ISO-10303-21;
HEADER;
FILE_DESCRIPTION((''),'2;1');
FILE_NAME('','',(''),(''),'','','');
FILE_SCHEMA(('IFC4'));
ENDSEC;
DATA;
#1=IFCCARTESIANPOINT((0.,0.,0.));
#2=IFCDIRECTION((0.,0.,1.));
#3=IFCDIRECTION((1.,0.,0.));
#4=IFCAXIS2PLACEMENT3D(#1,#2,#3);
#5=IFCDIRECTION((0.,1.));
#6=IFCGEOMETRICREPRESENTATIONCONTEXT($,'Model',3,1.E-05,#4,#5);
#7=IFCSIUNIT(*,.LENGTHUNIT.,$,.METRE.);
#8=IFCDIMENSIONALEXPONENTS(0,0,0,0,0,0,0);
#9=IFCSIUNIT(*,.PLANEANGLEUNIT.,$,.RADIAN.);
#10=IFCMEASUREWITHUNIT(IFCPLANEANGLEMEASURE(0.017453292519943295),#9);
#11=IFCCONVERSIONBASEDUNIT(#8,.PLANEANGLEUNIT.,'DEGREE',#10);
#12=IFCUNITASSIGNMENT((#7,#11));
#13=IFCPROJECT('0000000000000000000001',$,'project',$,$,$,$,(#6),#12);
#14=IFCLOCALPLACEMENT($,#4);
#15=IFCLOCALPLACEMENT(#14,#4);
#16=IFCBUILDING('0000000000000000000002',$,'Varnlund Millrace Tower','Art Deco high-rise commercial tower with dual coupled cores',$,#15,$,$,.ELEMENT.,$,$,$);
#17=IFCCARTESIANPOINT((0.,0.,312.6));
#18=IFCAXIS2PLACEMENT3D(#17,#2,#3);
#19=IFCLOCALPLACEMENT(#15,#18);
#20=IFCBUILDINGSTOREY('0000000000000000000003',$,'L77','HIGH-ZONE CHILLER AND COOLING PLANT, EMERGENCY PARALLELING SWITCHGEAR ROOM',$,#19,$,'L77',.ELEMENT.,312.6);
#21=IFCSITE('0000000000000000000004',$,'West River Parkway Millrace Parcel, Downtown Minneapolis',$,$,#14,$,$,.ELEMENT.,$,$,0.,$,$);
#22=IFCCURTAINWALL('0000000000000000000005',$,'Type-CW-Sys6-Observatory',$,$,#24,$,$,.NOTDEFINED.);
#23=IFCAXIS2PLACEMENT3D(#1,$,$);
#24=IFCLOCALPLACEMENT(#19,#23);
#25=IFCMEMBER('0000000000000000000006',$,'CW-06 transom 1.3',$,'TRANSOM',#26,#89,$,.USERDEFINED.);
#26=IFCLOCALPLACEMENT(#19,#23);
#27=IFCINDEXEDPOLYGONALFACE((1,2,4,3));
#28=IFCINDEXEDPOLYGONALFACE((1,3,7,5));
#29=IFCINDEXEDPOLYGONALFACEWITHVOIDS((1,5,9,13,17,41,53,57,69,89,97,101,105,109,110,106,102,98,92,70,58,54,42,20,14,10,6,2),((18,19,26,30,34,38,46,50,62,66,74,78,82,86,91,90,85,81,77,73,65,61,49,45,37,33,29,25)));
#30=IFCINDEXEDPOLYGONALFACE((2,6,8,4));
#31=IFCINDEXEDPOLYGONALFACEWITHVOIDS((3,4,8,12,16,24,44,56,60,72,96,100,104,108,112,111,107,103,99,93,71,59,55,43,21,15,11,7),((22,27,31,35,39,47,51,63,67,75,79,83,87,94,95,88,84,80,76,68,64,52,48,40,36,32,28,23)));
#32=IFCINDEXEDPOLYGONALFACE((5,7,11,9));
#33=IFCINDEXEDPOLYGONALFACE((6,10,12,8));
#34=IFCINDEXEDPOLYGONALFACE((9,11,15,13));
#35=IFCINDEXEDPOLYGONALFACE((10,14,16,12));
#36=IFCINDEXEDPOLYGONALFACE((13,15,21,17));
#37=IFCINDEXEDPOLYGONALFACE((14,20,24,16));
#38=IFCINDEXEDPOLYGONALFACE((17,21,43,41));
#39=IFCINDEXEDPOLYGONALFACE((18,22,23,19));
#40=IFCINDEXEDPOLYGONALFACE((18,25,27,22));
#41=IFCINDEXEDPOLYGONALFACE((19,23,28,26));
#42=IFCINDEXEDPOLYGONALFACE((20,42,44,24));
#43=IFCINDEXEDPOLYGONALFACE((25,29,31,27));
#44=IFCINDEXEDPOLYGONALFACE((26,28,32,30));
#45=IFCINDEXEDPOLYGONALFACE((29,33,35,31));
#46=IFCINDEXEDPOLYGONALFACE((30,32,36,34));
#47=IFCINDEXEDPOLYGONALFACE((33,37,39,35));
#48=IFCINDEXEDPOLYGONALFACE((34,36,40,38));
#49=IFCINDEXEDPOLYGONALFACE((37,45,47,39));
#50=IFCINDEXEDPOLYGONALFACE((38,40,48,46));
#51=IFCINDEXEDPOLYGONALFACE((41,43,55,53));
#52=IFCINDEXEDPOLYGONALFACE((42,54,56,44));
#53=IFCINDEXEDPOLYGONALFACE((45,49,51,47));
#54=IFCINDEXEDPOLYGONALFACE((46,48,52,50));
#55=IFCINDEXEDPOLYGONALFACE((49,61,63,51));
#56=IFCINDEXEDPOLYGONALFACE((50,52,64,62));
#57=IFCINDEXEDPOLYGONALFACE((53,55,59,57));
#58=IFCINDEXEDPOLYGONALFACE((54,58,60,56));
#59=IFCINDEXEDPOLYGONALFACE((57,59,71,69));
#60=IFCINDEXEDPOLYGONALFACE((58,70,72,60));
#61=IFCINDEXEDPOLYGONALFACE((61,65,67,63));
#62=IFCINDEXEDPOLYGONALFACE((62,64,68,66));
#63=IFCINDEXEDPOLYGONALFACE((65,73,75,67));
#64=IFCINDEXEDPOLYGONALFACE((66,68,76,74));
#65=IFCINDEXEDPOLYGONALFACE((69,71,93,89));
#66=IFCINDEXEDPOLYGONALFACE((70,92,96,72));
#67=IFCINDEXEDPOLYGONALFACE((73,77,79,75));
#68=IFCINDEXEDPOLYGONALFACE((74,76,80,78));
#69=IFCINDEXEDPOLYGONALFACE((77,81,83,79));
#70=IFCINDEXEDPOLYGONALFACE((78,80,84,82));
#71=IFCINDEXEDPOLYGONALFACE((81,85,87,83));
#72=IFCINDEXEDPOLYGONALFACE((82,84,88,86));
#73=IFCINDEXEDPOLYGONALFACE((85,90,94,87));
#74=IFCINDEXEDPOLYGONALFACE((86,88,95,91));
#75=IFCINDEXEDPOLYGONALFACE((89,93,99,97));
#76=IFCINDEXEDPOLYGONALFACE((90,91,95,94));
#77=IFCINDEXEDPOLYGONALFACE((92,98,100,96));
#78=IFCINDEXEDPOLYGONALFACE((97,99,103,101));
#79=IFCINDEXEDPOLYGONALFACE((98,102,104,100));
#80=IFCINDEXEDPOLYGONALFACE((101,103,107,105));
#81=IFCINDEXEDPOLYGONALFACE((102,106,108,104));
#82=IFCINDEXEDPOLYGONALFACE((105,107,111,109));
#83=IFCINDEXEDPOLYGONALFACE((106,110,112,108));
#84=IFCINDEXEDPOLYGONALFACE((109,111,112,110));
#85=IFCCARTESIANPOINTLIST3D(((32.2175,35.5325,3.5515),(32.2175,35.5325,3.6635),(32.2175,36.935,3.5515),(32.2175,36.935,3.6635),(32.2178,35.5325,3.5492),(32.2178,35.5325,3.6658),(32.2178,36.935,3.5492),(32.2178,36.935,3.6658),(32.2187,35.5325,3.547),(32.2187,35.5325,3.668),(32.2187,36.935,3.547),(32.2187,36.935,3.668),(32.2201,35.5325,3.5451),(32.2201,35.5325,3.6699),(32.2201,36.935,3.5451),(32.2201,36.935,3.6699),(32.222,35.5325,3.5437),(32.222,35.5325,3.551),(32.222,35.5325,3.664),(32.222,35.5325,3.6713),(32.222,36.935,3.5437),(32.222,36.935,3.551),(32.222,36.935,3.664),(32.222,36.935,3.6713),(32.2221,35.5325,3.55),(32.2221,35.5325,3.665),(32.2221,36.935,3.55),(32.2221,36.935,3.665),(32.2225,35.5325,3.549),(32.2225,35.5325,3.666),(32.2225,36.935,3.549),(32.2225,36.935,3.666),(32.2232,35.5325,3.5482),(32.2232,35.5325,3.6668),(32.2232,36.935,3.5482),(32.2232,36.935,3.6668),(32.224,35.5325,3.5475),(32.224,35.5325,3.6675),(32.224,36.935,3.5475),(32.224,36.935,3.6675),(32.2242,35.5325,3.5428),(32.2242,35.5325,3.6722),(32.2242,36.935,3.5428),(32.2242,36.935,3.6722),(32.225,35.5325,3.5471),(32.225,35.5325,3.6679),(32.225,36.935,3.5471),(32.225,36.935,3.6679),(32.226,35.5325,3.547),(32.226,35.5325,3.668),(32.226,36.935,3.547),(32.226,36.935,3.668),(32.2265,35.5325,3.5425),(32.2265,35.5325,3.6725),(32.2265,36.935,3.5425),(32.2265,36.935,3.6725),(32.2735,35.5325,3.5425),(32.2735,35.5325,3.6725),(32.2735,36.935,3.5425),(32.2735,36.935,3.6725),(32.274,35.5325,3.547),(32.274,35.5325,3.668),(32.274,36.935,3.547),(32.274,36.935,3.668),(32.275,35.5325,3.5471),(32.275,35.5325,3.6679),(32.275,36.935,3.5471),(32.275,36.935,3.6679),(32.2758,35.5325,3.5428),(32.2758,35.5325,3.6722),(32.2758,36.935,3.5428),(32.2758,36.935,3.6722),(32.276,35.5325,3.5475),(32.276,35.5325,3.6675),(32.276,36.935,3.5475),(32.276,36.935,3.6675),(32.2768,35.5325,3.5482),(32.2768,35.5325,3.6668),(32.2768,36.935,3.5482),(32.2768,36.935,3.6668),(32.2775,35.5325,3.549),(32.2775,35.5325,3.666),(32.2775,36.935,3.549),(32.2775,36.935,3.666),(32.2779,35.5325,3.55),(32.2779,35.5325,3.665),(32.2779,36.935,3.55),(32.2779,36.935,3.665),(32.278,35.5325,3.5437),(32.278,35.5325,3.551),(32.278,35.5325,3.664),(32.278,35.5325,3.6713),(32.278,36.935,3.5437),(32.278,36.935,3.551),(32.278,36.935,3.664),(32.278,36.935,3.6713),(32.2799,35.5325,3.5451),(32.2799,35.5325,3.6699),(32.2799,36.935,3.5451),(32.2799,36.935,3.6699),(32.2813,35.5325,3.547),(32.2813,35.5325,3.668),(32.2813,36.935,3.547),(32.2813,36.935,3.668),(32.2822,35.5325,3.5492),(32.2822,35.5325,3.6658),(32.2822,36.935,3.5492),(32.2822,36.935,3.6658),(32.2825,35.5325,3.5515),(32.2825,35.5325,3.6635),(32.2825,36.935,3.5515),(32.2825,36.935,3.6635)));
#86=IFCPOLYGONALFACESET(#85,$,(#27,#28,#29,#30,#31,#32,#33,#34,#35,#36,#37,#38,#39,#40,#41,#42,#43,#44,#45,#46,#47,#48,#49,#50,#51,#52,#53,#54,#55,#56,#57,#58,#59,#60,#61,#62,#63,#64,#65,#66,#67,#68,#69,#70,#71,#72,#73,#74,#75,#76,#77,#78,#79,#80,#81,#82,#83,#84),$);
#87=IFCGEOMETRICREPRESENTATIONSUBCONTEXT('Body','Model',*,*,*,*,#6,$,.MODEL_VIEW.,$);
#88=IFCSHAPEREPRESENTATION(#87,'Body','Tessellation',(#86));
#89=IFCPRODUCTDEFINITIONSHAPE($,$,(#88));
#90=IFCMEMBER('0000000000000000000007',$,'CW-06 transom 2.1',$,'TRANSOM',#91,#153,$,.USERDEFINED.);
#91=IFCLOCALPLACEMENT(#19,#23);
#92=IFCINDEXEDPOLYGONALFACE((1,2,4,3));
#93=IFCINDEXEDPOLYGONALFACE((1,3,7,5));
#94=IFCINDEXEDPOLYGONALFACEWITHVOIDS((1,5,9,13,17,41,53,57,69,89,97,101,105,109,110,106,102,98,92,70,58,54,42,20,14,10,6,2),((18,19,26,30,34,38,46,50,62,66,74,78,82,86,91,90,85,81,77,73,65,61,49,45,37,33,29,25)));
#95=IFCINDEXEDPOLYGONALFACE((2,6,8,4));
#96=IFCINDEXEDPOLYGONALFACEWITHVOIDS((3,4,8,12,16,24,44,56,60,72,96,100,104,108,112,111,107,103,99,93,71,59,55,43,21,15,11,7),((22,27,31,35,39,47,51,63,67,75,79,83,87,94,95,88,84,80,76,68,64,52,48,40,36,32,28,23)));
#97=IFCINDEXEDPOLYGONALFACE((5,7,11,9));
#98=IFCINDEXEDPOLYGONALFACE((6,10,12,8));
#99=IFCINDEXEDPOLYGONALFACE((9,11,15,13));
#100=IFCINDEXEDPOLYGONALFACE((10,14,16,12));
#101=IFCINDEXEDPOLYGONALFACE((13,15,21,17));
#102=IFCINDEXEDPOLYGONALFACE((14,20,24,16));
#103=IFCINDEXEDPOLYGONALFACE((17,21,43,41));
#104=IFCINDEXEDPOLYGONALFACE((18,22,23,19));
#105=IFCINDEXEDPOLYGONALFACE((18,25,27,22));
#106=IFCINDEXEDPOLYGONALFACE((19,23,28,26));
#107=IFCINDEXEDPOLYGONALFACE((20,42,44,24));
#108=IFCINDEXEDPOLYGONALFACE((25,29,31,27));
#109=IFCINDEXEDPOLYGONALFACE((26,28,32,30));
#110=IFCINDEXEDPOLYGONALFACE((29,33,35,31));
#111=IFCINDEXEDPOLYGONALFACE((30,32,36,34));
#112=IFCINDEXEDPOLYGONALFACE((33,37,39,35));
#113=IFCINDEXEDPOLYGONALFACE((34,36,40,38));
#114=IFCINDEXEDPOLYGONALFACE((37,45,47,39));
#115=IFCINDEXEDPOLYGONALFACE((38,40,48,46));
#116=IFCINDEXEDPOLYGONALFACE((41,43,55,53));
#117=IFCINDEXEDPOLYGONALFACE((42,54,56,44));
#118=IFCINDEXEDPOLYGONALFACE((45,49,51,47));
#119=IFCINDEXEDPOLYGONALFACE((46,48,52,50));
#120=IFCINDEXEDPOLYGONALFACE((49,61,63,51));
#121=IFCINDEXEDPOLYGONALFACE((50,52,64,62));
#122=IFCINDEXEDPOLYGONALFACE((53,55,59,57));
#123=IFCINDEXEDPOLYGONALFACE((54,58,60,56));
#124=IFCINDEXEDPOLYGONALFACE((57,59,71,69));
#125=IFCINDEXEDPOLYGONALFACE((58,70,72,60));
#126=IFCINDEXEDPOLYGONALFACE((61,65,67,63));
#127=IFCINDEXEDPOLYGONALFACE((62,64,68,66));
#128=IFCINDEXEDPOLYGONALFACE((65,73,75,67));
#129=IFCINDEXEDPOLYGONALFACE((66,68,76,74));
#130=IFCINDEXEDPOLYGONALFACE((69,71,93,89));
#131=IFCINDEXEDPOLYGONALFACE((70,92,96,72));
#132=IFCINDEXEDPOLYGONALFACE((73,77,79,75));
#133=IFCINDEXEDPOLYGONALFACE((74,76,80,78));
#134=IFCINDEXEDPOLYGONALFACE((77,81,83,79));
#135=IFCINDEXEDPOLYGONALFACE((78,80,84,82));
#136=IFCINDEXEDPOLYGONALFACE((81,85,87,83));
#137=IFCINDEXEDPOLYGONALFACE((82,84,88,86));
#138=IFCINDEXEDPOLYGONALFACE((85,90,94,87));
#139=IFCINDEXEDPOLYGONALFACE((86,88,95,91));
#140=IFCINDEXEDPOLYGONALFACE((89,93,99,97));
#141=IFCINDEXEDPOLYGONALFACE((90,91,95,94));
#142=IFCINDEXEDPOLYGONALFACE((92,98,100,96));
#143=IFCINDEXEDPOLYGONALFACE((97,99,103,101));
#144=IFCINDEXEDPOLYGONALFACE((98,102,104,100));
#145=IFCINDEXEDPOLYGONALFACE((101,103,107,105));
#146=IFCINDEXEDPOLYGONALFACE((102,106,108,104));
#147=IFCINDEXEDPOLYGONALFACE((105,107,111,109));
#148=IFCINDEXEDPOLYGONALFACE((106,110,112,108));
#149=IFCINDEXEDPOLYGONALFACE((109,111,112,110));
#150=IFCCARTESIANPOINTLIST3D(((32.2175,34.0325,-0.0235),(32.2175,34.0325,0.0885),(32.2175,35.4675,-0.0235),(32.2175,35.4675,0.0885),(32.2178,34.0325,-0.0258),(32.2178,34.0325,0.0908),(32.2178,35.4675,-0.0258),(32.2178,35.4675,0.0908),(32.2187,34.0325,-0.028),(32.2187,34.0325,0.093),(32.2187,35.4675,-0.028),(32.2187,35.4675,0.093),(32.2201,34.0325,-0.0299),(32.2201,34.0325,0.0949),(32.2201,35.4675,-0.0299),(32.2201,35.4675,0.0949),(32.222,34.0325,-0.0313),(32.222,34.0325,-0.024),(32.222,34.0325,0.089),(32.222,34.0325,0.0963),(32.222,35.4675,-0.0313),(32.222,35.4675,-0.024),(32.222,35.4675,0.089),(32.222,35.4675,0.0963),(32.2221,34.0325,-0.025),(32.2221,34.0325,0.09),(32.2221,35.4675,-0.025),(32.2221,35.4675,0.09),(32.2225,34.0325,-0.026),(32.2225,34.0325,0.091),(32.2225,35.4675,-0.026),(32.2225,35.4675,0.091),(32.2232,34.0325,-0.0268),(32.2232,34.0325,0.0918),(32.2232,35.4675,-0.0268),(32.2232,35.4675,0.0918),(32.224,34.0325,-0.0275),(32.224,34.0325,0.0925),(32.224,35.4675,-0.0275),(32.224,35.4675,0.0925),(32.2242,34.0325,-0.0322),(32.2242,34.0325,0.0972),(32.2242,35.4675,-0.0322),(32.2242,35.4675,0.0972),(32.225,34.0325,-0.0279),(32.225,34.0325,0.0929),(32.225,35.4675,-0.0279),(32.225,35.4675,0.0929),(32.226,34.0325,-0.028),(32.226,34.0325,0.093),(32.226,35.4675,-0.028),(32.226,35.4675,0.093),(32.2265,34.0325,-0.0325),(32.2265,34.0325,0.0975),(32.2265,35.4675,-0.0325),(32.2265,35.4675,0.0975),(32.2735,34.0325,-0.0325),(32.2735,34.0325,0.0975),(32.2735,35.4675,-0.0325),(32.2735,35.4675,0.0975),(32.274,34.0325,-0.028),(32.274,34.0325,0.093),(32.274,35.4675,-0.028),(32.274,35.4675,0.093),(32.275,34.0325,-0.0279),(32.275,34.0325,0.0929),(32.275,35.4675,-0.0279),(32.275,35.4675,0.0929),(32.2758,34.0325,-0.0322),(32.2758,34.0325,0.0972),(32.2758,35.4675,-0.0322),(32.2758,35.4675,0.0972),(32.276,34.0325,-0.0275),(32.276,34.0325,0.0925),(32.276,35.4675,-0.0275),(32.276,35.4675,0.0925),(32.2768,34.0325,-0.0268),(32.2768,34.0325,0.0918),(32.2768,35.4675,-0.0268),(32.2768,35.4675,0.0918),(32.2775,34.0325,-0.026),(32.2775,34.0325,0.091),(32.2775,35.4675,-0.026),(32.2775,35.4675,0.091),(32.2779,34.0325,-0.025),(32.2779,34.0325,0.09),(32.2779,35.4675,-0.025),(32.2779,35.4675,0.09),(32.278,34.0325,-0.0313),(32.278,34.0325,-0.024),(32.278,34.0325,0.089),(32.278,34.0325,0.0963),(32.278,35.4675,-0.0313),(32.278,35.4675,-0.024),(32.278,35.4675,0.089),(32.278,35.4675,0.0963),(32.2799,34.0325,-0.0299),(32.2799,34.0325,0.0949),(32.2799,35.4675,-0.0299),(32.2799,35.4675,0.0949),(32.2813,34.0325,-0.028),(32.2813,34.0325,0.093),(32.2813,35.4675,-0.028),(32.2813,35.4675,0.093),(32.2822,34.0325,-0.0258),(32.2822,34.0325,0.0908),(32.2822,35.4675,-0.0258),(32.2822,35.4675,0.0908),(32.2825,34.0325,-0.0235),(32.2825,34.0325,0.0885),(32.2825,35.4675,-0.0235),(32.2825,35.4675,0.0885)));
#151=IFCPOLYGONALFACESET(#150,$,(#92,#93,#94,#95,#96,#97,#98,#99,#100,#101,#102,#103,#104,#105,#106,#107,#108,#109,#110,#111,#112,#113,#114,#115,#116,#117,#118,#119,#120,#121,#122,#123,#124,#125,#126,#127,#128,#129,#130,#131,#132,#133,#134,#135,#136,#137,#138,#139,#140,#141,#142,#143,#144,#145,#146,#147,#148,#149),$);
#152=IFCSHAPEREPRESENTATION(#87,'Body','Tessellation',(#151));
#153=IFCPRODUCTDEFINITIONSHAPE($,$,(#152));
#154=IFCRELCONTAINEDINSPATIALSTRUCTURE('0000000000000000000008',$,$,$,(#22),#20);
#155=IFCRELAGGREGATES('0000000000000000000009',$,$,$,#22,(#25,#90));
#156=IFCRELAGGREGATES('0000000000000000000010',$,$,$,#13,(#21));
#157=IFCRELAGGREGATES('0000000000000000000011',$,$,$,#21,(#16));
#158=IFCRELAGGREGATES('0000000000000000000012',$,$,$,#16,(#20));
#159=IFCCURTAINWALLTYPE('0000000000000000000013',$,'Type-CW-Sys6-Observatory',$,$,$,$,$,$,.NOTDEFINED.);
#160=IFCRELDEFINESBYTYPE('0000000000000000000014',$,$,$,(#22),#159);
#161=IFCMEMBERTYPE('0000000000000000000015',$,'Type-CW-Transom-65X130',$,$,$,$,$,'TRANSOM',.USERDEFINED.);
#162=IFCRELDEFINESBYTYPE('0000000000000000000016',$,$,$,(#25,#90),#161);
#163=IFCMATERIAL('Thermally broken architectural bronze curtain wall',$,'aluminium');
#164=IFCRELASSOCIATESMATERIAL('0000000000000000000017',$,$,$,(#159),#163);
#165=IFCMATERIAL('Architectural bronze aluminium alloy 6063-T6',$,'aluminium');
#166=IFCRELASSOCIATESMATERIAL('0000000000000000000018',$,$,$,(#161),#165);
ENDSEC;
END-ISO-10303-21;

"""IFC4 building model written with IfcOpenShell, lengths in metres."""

from ifc_helpers import new_model, entity, si_unit, converted_unit, direction, frame, origin_with_axes, origin_2d_with_axis, place, context, subcontext, project, spatial, hollow_rectangle, extrude, material, material_profile, profile_set, type_object, element, aggregate, save


model = new_model("IFC4")

# Units and contexts
model_context = context("Model", 3, precision=1e-05, world=origin_with_axes(), true_north=direction((0.0, 1.0)))
body_context = subcontext(model_context, "Body", "Model", "MODEL_VIEW")
ifc_project = project(units=[si_unit("LENGTHUNIT", "METRE"), converted_unit("PLANEANGLEUNIT", "DEGREE", entity("IfcPlaneAngleMeasure", 0.017453292519943295), si_unit("PLANEANGLEUNIT", "RADIAN"), dimensions=[0, 0, 0, 0, 0, 0, 0])], contexts=[model_context])

# Site, building, storey
site_placement = place(None, origin_with_axes())
site = spatial("IfcSite", under=ifc_project, at=site_placement, Name="West River Parkway Millrace Parcel, Downtown Minneapolis", CompositionType="ELEMENT", RefElevation=0.0)
building_placement = place(site_placement, origin_with_axes())
building = spatial("IfcBuilding", under=site, at=building_placement, Name="Varnlund Millrace Tower", Description="Art Deco high-rise commercial tower with dual coupled cores", CompositionType="ELEMENT")
storey_placement = place(building_placement, frame((0.0, 0.0, 312.6), z_axis=(0.0, 0.0, 1.0), x_axis=(1.0, 0.0, 0.0)))
storey = spatial("IfcBuildingStorey", under=building, at=storey_placement, Name="L77", Description="HIGH-ZONE CHILLER AND COOLING PLANT, EMERGENCY PARALLELING SWITCHGEAR ROOM", LongName="L77", CompositionType="ELEMENT", Elevation=312.6)

# Curtain wall, members
ifc_material_1 = material(Name="Thermally broken architectural bronze curtain wall", Category="aluminium")
curtain_wall_type = type_object("IfcCurtainWallType", Name="Type-CW-Sys6-Observatory", PredefinedType="NOTDEFINED", material=ifc_material_1)
curtain_wall_1_placement = place(storey_placement, frame((32.25, 37.0, 0.0), z_axis=(0.0, 0.0, 1.0), x_axis=(1.0, 0.0, 0.0)))
curtain_wall_1 = element("IfcCurtainWall", 1, at=curtain_wall_1_placement, inside=storey, type_object=curtain_wall_type, Name="Type-CW-Sys6-Observatory", PredefinedType="NOTDEFINED")
ifc_material_2 = material(Name="Architectural bronze aluminium alloy 6063-T6", Category="aluminium")
ifc_material_profile_1 = material_profile(ifc_material_2, hollow_rectangle(XDim=0.065, YDim=0.13, WallThickness=0.0045, InnerFilletRadius=0.004, OuterFilletRadius=0.009, at=origin_2d_with_axis()), Name="Architectural bronze aluminium alloy 6063-T6")
ifc_profile_set_1 = profile_set([ifc_material_profile_1], Name="Architectural bronze aluminium alloy 6063-T6")
member_type = type_object("IfcMemberType", Name="Type-CW-Transom-65X130", ElementType="TRANSOM", PredefinedType="USERDEFINED", material=ifc_profile_set_1)
member_1_placement = place(storey_placement, frame((32.25, 36.935, 3.6075), z_axis=(0.0, -1.0, 0.0), x_axis=(1.0, 0.0, 0.0)))
member_1 = element("IfcMember", 2, at=member_1_placement, type_object=member_type, Name="CW-06 transom 1.3", ObjectType="TRANSOM", PredefinedType="USERDEFINED", context=body_context, shape_type="SweptSolid", body=[
    extrude(hollow_rectangle(XDim=0.065, YDim=0.13, WallThickness=0.0045, InnerFilletRadius=0.004, OuterFilletRadius=0.009, at=origin_2d_with_axis()), origin_with_axes(), (0.0, 0.0, 1.0), 1.4025),
])
member_2_placement = place(storey_placement, frame((32.25, 35.4675, 0.0325), z_axis=(0.0, -1.0, 0.0), x_axis=(1.0, 0.0, 0.0)))
member_2 = element("IfcMember", 3, at=member_2_placement, type_object=member_type, Name="CW-06 transom 2.1", ObjectType="TRANSOM", PredefinedType="USERDEFINED", context=body_context, shape_type="SweptSolid", body=[
    extrude(hollow_rectangle(XDim=0.065, YDim=0.13, WallThickness=0.0045, InnerFilletRadius=0.004, OuterFilletRadius=0.009, at=origin_2d_with_axis()), origin_with_axes(), (0.0, 0.0, 1.0), 1.435),
])

aggregate(curtain_wall_1, [member_1, member_2])

save(model, "model.ifc")
